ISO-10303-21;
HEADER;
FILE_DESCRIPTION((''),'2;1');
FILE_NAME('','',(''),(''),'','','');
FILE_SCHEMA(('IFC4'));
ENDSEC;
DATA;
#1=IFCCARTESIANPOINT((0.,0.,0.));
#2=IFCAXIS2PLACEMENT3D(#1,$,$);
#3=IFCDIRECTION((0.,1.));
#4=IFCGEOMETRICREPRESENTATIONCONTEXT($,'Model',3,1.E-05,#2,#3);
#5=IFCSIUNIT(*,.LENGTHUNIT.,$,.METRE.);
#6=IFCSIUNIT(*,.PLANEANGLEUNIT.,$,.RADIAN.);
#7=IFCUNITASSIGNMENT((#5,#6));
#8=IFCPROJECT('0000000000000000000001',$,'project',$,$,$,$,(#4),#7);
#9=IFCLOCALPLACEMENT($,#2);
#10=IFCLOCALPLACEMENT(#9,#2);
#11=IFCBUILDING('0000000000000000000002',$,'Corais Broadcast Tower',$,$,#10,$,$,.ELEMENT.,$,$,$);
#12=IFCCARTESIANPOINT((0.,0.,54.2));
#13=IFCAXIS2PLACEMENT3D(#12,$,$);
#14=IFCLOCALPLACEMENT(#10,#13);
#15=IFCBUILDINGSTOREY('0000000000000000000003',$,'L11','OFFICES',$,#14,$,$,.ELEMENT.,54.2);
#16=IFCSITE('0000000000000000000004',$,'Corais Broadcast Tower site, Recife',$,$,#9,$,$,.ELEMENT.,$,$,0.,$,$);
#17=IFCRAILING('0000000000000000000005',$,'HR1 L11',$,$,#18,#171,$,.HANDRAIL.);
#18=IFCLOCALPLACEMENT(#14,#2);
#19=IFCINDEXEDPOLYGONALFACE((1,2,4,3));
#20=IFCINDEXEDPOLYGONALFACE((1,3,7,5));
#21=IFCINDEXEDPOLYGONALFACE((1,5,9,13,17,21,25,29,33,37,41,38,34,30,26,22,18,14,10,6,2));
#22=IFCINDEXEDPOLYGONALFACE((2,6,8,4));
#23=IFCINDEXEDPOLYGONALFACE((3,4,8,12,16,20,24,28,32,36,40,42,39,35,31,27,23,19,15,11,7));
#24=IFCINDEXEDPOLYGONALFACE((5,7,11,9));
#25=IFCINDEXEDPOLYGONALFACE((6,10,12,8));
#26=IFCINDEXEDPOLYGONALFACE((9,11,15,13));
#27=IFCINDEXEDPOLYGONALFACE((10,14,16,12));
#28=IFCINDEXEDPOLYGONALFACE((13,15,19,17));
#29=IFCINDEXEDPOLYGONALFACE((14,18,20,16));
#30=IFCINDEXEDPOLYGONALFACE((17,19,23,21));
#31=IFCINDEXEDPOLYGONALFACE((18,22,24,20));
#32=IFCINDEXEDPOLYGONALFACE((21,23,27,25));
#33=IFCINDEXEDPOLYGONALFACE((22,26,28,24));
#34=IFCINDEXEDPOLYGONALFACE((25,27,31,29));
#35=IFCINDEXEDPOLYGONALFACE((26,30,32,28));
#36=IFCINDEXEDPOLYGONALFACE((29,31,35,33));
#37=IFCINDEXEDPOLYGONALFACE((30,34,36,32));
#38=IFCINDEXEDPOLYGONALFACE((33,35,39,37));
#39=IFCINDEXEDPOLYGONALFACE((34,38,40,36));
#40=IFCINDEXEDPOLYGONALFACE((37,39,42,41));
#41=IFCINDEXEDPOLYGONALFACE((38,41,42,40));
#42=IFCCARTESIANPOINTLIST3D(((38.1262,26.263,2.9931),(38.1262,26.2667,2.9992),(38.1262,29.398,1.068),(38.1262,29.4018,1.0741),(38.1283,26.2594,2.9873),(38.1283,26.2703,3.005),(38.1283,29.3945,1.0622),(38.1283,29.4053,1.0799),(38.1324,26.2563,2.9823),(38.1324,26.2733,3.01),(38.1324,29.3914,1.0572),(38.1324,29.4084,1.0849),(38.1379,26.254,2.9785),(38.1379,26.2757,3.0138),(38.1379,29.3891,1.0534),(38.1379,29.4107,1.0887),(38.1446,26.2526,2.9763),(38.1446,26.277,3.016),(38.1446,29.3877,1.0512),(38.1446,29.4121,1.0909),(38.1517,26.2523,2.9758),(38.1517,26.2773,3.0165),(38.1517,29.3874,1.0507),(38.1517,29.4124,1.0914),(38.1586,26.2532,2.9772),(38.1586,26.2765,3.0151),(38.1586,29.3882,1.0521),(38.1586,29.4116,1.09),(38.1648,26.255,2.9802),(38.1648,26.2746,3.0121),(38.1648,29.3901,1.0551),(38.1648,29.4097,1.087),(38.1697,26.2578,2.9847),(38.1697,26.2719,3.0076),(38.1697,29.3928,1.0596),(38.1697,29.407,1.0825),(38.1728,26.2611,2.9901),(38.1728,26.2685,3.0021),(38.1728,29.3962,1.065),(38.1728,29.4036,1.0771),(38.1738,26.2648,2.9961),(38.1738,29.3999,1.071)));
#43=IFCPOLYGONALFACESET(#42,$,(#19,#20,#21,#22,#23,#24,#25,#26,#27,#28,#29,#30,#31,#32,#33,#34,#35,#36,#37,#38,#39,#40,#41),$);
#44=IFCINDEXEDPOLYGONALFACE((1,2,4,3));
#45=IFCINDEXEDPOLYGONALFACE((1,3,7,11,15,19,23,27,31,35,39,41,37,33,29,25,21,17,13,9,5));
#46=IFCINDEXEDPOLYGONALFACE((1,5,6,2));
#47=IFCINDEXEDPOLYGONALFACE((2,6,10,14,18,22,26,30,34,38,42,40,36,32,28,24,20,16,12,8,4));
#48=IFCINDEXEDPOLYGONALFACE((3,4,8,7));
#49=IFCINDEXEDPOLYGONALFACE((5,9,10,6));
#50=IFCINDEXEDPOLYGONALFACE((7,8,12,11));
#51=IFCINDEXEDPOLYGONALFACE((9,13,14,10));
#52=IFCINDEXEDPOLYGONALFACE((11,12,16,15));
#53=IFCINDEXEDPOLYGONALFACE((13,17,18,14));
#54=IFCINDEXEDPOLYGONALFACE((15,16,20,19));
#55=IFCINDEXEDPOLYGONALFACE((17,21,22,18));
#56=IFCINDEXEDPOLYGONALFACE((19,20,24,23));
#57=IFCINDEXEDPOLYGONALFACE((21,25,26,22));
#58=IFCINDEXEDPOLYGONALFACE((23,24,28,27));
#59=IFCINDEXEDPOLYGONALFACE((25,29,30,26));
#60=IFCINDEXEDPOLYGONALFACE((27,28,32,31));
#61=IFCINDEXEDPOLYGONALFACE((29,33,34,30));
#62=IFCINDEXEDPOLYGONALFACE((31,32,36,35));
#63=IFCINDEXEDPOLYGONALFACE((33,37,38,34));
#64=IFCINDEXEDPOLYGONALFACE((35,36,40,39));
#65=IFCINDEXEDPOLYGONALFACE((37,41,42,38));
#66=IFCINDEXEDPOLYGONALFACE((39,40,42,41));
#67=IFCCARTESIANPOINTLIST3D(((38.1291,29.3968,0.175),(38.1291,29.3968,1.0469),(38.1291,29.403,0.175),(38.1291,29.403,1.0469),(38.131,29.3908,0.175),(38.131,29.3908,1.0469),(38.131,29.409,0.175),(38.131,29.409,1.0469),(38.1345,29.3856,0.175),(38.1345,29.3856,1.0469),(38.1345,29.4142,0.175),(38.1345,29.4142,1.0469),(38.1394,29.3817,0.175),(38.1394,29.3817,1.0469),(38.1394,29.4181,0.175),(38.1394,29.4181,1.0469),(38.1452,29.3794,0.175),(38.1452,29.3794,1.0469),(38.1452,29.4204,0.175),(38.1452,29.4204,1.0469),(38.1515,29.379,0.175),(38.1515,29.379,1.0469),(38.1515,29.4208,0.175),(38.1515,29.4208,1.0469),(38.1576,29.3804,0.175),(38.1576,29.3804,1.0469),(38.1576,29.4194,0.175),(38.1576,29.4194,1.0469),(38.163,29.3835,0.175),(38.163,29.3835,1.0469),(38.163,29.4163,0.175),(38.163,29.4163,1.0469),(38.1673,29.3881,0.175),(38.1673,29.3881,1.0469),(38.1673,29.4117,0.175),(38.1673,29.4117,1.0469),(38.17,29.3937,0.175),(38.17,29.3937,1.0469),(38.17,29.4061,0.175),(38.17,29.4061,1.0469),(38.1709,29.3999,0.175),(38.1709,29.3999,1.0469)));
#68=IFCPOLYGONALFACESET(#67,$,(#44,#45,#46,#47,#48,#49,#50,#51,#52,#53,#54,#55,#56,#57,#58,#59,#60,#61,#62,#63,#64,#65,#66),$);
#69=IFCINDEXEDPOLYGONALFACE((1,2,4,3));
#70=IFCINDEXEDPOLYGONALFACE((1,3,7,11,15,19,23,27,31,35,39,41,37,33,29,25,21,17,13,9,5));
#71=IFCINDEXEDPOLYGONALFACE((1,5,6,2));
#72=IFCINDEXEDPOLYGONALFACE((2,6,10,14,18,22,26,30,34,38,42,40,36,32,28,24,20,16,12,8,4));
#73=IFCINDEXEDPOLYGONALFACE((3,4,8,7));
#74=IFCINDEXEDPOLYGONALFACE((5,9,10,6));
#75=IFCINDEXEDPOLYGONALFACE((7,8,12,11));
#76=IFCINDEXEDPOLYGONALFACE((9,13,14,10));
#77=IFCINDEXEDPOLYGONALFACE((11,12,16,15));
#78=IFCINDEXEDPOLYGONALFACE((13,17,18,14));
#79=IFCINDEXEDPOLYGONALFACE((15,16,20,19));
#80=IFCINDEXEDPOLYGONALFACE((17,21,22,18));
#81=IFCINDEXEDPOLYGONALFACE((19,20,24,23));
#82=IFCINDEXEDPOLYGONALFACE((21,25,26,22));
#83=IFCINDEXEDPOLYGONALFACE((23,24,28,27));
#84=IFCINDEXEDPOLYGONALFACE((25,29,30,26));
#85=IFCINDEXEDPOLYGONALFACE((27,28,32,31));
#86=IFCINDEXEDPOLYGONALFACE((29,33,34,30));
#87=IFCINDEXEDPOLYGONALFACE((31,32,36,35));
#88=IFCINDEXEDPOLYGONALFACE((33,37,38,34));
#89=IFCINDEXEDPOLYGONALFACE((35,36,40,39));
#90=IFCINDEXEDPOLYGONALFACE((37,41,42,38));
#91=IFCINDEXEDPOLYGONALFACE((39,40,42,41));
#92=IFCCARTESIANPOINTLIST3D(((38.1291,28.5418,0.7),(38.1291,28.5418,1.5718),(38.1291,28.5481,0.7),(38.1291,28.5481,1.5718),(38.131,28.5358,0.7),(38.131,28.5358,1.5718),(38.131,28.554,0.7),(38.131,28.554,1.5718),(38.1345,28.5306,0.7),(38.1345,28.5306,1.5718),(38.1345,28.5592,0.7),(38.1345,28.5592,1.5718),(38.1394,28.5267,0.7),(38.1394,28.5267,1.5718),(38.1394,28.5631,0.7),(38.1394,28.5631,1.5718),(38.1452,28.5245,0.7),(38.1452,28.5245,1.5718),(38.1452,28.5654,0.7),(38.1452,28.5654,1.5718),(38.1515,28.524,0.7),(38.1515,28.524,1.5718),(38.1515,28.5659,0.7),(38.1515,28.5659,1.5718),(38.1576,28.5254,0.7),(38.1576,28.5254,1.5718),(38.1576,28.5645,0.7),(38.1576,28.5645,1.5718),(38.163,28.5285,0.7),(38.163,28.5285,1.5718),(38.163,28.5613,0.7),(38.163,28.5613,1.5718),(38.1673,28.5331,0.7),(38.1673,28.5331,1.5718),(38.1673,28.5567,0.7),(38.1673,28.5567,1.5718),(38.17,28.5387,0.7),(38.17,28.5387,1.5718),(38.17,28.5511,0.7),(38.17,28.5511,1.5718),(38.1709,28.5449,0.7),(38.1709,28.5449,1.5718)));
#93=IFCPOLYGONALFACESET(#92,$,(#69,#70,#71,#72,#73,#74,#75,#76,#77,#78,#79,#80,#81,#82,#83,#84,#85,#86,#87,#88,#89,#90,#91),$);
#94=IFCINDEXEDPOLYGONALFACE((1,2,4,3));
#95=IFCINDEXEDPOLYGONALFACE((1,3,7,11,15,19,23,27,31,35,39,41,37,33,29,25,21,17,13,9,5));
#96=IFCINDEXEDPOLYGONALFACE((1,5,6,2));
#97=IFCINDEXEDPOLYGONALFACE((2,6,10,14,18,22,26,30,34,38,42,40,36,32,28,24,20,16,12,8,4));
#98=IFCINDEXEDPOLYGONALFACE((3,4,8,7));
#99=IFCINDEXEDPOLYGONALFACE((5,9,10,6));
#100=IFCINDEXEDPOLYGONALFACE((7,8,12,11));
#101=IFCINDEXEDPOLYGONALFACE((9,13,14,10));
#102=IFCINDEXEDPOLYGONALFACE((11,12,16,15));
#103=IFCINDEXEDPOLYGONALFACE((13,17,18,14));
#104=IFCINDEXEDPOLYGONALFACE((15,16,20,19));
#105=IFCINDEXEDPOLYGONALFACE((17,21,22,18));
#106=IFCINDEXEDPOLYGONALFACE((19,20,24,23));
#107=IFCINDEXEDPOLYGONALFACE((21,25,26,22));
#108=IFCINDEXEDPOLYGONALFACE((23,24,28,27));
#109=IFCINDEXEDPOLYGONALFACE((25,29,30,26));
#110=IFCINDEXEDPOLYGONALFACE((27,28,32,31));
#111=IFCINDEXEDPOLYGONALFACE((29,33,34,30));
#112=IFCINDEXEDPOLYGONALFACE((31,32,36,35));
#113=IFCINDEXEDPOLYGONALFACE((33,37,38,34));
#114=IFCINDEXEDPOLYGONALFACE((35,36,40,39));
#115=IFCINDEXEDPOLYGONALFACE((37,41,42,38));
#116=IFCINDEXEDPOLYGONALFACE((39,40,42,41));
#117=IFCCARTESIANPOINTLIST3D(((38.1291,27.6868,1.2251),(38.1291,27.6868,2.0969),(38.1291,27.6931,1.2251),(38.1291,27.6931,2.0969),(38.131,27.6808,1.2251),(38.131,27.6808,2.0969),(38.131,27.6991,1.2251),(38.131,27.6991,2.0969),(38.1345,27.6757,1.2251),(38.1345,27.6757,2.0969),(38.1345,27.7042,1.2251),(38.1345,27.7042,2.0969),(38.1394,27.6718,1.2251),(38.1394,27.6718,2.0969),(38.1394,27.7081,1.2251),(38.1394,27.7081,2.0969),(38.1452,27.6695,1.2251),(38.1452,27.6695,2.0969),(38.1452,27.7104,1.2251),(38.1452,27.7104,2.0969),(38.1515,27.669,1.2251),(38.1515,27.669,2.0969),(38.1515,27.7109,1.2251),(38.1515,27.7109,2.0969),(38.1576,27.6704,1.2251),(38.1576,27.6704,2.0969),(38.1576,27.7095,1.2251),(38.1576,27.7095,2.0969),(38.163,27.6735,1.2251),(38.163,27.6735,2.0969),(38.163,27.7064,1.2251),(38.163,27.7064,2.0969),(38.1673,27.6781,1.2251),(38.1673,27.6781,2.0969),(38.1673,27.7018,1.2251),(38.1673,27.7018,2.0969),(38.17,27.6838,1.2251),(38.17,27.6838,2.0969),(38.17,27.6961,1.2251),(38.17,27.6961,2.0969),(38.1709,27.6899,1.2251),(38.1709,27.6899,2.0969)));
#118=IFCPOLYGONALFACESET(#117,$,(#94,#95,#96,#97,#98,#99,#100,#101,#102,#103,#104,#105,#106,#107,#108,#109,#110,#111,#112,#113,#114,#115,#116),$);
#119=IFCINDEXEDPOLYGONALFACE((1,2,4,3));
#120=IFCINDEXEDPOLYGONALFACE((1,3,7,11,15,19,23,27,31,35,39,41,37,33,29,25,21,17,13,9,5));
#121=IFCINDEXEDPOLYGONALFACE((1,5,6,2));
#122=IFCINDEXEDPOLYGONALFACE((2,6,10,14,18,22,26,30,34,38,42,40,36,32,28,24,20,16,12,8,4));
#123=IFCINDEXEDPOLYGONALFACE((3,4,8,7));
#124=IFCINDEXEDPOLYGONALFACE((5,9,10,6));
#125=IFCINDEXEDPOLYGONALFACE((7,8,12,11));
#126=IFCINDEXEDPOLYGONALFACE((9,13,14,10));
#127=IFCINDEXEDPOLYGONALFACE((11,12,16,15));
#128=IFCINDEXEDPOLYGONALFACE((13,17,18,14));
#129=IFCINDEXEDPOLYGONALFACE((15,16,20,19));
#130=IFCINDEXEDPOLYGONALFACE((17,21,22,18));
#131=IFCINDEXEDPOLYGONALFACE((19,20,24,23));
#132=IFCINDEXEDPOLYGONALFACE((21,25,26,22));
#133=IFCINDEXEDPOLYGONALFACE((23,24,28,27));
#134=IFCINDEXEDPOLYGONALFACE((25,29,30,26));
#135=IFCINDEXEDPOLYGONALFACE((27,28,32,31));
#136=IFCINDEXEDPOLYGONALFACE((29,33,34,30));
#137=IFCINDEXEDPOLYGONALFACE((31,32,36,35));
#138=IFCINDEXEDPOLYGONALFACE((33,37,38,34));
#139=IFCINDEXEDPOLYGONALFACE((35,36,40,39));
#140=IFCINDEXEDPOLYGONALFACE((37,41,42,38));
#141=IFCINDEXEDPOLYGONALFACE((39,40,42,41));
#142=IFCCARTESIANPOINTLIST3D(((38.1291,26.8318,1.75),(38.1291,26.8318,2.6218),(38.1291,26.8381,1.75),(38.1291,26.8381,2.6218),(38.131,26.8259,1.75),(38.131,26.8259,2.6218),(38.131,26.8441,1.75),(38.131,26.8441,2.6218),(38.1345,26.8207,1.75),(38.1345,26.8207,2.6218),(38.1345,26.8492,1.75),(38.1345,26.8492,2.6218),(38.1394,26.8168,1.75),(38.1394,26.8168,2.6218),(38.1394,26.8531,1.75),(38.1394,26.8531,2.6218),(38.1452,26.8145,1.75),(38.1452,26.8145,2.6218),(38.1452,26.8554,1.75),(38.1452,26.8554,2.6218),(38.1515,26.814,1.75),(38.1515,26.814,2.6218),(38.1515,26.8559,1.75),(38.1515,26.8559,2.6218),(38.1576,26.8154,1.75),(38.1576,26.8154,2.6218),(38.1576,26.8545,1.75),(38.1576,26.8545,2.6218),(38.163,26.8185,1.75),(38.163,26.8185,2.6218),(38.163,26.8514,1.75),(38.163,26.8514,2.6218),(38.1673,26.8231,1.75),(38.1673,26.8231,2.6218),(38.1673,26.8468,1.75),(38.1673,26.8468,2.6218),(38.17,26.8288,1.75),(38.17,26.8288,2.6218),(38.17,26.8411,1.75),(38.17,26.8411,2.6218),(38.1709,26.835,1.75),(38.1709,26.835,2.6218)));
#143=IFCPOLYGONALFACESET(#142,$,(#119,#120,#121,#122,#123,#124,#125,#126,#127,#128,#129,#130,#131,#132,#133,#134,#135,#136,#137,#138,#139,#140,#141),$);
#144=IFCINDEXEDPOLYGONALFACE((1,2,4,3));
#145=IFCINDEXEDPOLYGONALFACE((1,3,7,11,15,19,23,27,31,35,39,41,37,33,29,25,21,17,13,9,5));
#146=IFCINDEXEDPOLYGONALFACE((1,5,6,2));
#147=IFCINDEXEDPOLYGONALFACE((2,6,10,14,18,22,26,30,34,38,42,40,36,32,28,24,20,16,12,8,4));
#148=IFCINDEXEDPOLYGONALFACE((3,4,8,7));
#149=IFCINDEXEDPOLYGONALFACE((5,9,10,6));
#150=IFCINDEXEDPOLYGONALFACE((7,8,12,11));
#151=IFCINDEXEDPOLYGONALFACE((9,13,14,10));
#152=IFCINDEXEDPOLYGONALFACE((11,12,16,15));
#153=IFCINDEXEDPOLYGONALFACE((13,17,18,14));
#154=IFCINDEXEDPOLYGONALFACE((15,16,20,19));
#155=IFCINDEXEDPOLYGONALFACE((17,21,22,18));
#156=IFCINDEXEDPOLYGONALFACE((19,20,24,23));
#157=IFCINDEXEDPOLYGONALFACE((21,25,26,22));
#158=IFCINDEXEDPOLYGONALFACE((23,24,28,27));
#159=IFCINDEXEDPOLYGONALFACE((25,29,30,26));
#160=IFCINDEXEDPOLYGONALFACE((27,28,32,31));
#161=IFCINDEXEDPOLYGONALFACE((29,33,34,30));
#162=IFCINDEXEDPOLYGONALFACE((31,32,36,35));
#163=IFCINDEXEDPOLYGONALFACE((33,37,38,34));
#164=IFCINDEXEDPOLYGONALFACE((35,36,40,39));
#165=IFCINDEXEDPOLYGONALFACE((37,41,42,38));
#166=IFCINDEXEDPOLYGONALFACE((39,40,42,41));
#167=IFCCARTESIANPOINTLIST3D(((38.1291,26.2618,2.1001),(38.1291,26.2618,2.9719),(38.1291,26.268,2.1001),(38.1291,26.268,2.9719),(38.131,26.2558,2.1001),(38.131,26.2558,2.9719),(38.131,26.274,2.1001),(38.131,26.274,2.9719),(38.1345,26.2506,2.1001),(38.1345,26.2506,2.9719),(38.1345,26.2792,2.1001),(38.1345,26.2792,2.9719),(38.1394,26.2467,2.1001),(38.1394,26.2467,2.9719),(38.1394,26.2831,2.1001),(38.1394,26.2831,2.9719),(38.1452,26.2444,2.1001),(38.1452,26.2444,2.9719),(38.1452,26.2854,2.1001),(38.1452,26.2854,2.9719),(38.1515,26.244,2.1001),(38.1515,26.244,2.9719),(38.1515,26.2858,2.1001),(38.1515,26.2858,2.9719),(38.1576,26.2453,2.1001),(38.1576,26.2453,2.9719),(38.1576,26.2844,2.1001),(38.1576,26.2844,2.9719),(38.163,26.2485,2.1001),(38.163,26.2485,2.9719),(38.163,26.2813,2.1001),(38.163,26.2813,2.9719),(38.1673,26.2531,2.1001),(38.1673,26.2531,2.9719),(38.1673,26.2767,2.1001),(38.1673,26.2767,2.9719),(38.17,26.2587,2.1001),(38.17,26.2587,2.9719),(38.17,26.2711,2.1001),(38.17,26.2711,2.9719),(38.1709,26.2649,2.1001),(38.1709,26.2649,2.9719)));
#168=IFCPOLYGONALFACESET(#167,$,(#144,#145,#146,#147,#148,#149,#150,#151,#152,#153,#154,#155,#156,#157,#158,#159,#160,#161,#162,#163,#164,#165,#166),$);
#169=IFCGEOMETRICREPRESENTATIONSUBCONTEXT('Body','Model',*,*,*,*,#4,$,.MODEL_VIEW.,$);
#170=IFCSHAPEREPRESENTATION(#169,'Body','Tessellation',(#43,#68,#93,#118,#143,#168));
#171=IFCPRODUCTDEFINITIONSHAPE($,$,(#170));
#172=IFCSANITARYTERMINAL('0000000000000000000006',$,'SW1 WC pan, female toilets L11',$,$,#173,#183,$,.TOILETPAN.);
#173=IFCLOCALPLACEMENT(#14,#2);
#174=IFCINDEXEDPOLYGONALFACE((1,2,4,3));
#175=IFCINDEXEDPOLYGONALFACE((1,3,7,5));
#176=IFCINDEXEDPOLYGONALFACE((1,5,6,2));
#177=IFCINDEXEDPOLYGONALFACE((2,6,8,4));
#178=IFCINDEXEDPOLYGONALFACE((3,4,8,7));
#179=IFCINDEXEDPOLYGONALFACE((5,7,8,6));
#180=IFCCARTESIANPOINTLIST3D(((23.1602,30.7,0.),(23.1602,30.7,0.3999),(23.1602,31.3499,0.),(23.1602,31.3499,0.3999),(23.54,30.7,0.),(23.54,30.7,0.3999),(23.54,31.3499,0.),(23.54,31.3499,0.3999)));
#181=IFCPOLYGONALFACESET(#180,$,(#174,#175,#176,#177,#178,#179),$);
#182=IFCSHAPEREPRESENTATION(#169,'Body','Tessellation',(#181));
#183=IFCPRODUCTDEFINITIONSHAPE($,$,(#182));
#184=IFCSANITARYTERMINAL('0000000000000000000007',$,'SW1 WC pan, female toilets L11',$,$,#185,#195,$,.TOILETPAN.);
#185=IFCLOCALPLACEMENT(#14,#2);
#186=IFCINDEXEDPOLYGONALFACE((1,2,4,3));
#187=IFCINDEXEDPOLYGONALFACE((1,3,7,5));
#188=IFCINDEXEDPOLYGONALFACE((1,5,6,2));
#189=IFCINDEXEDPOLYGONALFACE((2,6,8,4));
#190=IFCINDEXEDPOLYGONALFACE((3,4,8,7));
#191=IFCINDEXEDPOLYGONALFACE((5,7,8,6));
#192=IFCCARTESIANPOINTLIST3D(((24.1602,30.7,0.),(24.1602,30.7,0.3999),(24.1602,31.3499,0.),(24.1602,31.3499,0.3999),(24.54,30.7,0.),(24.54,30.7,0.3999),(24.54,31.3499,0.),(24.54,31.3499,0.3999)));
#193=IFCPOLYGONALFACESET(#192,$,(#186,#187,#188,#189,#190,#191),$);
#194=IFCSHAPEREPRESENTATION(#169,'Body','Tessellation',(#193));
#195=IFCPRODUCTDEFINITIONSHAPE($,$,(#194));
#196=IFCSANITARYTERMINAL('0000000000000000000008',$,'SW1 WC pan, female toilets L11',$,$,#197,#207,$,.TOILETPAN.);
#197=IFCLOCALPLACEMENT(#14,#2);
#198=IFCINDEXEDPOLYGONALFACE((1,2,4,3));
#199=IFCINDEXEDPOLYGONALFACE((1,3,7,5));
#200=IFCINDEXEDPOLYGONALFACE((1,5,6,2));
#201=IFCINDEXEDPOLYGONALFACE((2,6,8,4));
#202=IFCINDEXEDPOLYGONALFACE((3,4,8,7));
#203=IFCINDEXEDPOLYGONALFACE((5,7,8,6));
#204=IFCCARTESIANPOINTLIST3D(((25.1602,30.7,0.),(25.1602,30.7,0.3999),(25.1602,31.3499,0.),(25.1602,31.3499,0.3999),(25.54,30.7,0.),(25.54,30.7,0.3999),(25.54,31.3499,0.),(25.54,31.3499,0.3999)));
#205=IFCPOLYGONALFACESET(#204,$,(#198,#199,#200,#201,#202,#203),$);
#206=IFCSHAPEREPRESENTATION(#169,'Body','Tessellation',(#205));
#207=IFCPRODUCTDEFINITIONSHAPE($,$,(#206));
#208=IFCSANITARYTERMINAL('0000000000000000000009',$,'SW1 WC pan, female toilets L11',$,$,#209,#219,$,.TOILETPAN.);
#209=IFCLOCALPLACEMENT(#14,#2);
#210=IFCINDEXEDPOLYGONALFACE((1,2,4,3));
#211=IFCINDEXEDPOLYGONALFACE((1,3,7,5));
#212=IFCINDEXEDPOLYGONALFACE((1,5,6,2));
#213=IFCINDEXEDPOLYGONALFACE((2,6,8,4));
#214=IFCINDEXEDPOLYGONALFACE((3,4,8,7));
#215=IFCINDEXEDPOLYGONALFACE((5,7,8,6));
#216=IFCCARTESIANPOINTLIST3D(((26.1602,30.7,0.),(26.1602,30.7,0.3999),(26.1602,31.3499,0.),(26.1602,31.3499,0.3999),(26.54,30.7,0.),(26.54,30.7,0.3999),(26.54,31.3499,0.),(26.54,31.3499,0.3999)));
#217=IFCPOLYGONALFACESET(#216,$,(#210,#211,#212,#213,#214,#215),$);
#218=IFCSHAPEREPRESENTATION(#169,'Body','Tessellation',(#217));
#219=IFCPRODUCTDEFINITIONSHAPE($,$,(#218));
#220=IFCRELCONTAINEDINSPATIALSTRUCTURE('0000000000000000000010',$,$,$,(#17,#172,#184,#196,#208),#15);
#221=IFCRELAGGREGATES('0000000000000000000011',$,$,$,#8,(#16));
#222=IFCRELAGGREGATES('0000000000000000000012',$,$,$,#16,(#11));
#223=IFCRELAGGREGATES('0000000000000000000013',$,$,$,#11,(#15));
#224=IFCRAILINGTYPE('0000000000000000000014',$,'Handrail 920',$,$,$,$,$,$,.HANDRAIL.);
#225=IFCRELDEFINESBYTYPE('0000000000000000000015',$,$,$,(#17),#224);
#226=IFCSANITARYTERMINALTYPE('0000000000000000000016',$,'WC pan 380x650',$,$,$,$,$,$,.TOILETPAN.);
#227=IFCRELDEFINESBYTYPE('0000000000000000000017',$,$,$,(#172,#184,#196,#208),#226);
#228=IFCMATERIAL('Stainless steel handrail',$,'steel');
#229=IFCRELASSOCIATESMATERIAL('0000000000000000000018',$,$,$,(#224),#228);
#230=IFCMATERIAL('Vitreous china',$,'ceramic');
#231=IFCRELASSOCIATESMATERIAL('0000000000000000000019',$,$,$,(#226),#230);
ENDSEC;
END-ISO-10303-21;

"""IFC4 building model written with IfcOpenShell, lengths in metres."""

from ifc_helpers import new_model, si_unit, direction, frame, origin, origin_2d, place, context, subcontext, project, spatial, rectangle, circle, extrude, material, type_object, element, save


model = new_model("IFC4")

# Units and contexts
model_context = context("Model", 3, precision=1e-05, world=origin(), true_north=direction((0.0, 1.0)))
body_context = subcontext(model_context, "Body", "Model", "MODEL_VIEW")
ifc_project = project(units=[si_unit("LENGTHUNIT", "METRE"), si_unit("PLANEANGLEUNIT", "RADIAN")], contexts=[model_context])

# Site, building, storey
site_placement = place(None, origin())
site = spatial("IfcSite", under=ifc_project, at=site_placement, Name="Corais Broadcast Tower site, Recife", CompositionType="ELEMENT", RefElevation=0.0)
building_placement = place(site_placement, origin())
building = spatial("IfcBuilding", under=site, at=building_placement, Name="Corais Broadcast Tower", CompositionType="ELEMENT")
storey_placement = place(building_placement, frame((0.0, 0.0, 54.2)))
storey = spatial("IfcBuildingStorey", under=building, at=storey_placement, Name="L11", Description="OFFICES", CompositionType="ELEMENT", Elevation=54.2)

# Railing
ifc_material_1 = material(Name="Stainless steel handrail", Category="steel")
railing_type = type_object("IfcRailingType", Name="Handrail 920", PredefinedType="HANDRAIL", material=ifc_material_1)
for number, where, name in (
    (1, (38.1499, 29.3999, 0.175), "HR1 L11"),
):
    element("IfcRailing", number, at=place(storey_placement, frame(where)), inside=storey, type_object=railing_type, Name=name, PredefinedType="HANDRAIL", context=body_context, shape_type="SweptSolid", body=[
        extrude(circle(Radius=0.0239, at=origin_2d()), frame((0.0, 0.0, 0.896), z_axis=(0.0, -0.852166, 0.523271), x_axis=(1.0, 0.0, 0.0)), (0.0, 0.0, 1.0), 3.679),
        extrude(circle(Radius=0.021, at=origin_2d()), origin(), (0.0, 0.0, 1.0), 0.8718),
        extrude(circle(Radius=0.021, at=origin_2d()), frame((0.0, -0.855, 0.5249)), (0.0, 0.0, 1.0), 0.8718),
        extrude(circle(Radius=0.021, at=origin_2d()), frame((0.0, -1.71, 1.05)), (0.0, 0.0, 1.0), 0.8718),
        extrude(circle(Radius=0.021, at=origin_2d()), frame((0.0, -2.5649, 1.575)), (0.0, 0.0, 1.0), 0.8718),
        extrude(circle(Radius=0.021, at=origin_2d()), frame((0.0, -3.135, 1.925)), (0.0, 0.0, 1.0), 0.8718),
    ])

# Sanitary terminals
ifc_material_2 = material(Name="Vitreous china", Category="ceramic")
sanitary_terminal_type = type_object("IfcSanitaryTerminalType", Name="WC pan 380x650", PredefinedType="TOILETPAN", material=ifc_material_2)
for number, where, z_axis, x_axis, name in (
    (2, (23.3501, 31.0249, 0.0), (0.0, 0.0, 1.0), (1.0, 0.0, 0.0), "SW1 WC pan, female toilets L11"),
    (3, (24.3501, 31.0249, 0.0), (0.0, 0.0, 1.0), (1.0, 0.0, 0.0), "SW1 WC pan, female toilets L11"),
    (4, (25.3501, 31.0249, 0.0), (0.0, 0.0, 1.0), (1.0, 0.0, 0.0), "SW1 WC pan, female toilets L11"),
    (5, (26.3501, 31.0249, 0.0), (0.0, 0.0, 1.0), (1.0, 0.0, 0.0), "SW1 WC pan, female toilets L11"),
):
    element("IfcSanitaryTerminal", number, at=place(storey_placement, frame(where, z_axis=z_axis, x_axis=x_axis)), inside=storey, type_object=sanitary_terminal_type, Name=name, PredefinedType="TOILETPAN", context=body_context, shape_type="SweptSolid", body=[
        extrude(rectangle(XDim=0.3799, YDim=0.6499, at=origin_2d()), origin(), (0.0, 0.0, 1.0), 0.3999),
    ])

save(model, "model.ifc")
